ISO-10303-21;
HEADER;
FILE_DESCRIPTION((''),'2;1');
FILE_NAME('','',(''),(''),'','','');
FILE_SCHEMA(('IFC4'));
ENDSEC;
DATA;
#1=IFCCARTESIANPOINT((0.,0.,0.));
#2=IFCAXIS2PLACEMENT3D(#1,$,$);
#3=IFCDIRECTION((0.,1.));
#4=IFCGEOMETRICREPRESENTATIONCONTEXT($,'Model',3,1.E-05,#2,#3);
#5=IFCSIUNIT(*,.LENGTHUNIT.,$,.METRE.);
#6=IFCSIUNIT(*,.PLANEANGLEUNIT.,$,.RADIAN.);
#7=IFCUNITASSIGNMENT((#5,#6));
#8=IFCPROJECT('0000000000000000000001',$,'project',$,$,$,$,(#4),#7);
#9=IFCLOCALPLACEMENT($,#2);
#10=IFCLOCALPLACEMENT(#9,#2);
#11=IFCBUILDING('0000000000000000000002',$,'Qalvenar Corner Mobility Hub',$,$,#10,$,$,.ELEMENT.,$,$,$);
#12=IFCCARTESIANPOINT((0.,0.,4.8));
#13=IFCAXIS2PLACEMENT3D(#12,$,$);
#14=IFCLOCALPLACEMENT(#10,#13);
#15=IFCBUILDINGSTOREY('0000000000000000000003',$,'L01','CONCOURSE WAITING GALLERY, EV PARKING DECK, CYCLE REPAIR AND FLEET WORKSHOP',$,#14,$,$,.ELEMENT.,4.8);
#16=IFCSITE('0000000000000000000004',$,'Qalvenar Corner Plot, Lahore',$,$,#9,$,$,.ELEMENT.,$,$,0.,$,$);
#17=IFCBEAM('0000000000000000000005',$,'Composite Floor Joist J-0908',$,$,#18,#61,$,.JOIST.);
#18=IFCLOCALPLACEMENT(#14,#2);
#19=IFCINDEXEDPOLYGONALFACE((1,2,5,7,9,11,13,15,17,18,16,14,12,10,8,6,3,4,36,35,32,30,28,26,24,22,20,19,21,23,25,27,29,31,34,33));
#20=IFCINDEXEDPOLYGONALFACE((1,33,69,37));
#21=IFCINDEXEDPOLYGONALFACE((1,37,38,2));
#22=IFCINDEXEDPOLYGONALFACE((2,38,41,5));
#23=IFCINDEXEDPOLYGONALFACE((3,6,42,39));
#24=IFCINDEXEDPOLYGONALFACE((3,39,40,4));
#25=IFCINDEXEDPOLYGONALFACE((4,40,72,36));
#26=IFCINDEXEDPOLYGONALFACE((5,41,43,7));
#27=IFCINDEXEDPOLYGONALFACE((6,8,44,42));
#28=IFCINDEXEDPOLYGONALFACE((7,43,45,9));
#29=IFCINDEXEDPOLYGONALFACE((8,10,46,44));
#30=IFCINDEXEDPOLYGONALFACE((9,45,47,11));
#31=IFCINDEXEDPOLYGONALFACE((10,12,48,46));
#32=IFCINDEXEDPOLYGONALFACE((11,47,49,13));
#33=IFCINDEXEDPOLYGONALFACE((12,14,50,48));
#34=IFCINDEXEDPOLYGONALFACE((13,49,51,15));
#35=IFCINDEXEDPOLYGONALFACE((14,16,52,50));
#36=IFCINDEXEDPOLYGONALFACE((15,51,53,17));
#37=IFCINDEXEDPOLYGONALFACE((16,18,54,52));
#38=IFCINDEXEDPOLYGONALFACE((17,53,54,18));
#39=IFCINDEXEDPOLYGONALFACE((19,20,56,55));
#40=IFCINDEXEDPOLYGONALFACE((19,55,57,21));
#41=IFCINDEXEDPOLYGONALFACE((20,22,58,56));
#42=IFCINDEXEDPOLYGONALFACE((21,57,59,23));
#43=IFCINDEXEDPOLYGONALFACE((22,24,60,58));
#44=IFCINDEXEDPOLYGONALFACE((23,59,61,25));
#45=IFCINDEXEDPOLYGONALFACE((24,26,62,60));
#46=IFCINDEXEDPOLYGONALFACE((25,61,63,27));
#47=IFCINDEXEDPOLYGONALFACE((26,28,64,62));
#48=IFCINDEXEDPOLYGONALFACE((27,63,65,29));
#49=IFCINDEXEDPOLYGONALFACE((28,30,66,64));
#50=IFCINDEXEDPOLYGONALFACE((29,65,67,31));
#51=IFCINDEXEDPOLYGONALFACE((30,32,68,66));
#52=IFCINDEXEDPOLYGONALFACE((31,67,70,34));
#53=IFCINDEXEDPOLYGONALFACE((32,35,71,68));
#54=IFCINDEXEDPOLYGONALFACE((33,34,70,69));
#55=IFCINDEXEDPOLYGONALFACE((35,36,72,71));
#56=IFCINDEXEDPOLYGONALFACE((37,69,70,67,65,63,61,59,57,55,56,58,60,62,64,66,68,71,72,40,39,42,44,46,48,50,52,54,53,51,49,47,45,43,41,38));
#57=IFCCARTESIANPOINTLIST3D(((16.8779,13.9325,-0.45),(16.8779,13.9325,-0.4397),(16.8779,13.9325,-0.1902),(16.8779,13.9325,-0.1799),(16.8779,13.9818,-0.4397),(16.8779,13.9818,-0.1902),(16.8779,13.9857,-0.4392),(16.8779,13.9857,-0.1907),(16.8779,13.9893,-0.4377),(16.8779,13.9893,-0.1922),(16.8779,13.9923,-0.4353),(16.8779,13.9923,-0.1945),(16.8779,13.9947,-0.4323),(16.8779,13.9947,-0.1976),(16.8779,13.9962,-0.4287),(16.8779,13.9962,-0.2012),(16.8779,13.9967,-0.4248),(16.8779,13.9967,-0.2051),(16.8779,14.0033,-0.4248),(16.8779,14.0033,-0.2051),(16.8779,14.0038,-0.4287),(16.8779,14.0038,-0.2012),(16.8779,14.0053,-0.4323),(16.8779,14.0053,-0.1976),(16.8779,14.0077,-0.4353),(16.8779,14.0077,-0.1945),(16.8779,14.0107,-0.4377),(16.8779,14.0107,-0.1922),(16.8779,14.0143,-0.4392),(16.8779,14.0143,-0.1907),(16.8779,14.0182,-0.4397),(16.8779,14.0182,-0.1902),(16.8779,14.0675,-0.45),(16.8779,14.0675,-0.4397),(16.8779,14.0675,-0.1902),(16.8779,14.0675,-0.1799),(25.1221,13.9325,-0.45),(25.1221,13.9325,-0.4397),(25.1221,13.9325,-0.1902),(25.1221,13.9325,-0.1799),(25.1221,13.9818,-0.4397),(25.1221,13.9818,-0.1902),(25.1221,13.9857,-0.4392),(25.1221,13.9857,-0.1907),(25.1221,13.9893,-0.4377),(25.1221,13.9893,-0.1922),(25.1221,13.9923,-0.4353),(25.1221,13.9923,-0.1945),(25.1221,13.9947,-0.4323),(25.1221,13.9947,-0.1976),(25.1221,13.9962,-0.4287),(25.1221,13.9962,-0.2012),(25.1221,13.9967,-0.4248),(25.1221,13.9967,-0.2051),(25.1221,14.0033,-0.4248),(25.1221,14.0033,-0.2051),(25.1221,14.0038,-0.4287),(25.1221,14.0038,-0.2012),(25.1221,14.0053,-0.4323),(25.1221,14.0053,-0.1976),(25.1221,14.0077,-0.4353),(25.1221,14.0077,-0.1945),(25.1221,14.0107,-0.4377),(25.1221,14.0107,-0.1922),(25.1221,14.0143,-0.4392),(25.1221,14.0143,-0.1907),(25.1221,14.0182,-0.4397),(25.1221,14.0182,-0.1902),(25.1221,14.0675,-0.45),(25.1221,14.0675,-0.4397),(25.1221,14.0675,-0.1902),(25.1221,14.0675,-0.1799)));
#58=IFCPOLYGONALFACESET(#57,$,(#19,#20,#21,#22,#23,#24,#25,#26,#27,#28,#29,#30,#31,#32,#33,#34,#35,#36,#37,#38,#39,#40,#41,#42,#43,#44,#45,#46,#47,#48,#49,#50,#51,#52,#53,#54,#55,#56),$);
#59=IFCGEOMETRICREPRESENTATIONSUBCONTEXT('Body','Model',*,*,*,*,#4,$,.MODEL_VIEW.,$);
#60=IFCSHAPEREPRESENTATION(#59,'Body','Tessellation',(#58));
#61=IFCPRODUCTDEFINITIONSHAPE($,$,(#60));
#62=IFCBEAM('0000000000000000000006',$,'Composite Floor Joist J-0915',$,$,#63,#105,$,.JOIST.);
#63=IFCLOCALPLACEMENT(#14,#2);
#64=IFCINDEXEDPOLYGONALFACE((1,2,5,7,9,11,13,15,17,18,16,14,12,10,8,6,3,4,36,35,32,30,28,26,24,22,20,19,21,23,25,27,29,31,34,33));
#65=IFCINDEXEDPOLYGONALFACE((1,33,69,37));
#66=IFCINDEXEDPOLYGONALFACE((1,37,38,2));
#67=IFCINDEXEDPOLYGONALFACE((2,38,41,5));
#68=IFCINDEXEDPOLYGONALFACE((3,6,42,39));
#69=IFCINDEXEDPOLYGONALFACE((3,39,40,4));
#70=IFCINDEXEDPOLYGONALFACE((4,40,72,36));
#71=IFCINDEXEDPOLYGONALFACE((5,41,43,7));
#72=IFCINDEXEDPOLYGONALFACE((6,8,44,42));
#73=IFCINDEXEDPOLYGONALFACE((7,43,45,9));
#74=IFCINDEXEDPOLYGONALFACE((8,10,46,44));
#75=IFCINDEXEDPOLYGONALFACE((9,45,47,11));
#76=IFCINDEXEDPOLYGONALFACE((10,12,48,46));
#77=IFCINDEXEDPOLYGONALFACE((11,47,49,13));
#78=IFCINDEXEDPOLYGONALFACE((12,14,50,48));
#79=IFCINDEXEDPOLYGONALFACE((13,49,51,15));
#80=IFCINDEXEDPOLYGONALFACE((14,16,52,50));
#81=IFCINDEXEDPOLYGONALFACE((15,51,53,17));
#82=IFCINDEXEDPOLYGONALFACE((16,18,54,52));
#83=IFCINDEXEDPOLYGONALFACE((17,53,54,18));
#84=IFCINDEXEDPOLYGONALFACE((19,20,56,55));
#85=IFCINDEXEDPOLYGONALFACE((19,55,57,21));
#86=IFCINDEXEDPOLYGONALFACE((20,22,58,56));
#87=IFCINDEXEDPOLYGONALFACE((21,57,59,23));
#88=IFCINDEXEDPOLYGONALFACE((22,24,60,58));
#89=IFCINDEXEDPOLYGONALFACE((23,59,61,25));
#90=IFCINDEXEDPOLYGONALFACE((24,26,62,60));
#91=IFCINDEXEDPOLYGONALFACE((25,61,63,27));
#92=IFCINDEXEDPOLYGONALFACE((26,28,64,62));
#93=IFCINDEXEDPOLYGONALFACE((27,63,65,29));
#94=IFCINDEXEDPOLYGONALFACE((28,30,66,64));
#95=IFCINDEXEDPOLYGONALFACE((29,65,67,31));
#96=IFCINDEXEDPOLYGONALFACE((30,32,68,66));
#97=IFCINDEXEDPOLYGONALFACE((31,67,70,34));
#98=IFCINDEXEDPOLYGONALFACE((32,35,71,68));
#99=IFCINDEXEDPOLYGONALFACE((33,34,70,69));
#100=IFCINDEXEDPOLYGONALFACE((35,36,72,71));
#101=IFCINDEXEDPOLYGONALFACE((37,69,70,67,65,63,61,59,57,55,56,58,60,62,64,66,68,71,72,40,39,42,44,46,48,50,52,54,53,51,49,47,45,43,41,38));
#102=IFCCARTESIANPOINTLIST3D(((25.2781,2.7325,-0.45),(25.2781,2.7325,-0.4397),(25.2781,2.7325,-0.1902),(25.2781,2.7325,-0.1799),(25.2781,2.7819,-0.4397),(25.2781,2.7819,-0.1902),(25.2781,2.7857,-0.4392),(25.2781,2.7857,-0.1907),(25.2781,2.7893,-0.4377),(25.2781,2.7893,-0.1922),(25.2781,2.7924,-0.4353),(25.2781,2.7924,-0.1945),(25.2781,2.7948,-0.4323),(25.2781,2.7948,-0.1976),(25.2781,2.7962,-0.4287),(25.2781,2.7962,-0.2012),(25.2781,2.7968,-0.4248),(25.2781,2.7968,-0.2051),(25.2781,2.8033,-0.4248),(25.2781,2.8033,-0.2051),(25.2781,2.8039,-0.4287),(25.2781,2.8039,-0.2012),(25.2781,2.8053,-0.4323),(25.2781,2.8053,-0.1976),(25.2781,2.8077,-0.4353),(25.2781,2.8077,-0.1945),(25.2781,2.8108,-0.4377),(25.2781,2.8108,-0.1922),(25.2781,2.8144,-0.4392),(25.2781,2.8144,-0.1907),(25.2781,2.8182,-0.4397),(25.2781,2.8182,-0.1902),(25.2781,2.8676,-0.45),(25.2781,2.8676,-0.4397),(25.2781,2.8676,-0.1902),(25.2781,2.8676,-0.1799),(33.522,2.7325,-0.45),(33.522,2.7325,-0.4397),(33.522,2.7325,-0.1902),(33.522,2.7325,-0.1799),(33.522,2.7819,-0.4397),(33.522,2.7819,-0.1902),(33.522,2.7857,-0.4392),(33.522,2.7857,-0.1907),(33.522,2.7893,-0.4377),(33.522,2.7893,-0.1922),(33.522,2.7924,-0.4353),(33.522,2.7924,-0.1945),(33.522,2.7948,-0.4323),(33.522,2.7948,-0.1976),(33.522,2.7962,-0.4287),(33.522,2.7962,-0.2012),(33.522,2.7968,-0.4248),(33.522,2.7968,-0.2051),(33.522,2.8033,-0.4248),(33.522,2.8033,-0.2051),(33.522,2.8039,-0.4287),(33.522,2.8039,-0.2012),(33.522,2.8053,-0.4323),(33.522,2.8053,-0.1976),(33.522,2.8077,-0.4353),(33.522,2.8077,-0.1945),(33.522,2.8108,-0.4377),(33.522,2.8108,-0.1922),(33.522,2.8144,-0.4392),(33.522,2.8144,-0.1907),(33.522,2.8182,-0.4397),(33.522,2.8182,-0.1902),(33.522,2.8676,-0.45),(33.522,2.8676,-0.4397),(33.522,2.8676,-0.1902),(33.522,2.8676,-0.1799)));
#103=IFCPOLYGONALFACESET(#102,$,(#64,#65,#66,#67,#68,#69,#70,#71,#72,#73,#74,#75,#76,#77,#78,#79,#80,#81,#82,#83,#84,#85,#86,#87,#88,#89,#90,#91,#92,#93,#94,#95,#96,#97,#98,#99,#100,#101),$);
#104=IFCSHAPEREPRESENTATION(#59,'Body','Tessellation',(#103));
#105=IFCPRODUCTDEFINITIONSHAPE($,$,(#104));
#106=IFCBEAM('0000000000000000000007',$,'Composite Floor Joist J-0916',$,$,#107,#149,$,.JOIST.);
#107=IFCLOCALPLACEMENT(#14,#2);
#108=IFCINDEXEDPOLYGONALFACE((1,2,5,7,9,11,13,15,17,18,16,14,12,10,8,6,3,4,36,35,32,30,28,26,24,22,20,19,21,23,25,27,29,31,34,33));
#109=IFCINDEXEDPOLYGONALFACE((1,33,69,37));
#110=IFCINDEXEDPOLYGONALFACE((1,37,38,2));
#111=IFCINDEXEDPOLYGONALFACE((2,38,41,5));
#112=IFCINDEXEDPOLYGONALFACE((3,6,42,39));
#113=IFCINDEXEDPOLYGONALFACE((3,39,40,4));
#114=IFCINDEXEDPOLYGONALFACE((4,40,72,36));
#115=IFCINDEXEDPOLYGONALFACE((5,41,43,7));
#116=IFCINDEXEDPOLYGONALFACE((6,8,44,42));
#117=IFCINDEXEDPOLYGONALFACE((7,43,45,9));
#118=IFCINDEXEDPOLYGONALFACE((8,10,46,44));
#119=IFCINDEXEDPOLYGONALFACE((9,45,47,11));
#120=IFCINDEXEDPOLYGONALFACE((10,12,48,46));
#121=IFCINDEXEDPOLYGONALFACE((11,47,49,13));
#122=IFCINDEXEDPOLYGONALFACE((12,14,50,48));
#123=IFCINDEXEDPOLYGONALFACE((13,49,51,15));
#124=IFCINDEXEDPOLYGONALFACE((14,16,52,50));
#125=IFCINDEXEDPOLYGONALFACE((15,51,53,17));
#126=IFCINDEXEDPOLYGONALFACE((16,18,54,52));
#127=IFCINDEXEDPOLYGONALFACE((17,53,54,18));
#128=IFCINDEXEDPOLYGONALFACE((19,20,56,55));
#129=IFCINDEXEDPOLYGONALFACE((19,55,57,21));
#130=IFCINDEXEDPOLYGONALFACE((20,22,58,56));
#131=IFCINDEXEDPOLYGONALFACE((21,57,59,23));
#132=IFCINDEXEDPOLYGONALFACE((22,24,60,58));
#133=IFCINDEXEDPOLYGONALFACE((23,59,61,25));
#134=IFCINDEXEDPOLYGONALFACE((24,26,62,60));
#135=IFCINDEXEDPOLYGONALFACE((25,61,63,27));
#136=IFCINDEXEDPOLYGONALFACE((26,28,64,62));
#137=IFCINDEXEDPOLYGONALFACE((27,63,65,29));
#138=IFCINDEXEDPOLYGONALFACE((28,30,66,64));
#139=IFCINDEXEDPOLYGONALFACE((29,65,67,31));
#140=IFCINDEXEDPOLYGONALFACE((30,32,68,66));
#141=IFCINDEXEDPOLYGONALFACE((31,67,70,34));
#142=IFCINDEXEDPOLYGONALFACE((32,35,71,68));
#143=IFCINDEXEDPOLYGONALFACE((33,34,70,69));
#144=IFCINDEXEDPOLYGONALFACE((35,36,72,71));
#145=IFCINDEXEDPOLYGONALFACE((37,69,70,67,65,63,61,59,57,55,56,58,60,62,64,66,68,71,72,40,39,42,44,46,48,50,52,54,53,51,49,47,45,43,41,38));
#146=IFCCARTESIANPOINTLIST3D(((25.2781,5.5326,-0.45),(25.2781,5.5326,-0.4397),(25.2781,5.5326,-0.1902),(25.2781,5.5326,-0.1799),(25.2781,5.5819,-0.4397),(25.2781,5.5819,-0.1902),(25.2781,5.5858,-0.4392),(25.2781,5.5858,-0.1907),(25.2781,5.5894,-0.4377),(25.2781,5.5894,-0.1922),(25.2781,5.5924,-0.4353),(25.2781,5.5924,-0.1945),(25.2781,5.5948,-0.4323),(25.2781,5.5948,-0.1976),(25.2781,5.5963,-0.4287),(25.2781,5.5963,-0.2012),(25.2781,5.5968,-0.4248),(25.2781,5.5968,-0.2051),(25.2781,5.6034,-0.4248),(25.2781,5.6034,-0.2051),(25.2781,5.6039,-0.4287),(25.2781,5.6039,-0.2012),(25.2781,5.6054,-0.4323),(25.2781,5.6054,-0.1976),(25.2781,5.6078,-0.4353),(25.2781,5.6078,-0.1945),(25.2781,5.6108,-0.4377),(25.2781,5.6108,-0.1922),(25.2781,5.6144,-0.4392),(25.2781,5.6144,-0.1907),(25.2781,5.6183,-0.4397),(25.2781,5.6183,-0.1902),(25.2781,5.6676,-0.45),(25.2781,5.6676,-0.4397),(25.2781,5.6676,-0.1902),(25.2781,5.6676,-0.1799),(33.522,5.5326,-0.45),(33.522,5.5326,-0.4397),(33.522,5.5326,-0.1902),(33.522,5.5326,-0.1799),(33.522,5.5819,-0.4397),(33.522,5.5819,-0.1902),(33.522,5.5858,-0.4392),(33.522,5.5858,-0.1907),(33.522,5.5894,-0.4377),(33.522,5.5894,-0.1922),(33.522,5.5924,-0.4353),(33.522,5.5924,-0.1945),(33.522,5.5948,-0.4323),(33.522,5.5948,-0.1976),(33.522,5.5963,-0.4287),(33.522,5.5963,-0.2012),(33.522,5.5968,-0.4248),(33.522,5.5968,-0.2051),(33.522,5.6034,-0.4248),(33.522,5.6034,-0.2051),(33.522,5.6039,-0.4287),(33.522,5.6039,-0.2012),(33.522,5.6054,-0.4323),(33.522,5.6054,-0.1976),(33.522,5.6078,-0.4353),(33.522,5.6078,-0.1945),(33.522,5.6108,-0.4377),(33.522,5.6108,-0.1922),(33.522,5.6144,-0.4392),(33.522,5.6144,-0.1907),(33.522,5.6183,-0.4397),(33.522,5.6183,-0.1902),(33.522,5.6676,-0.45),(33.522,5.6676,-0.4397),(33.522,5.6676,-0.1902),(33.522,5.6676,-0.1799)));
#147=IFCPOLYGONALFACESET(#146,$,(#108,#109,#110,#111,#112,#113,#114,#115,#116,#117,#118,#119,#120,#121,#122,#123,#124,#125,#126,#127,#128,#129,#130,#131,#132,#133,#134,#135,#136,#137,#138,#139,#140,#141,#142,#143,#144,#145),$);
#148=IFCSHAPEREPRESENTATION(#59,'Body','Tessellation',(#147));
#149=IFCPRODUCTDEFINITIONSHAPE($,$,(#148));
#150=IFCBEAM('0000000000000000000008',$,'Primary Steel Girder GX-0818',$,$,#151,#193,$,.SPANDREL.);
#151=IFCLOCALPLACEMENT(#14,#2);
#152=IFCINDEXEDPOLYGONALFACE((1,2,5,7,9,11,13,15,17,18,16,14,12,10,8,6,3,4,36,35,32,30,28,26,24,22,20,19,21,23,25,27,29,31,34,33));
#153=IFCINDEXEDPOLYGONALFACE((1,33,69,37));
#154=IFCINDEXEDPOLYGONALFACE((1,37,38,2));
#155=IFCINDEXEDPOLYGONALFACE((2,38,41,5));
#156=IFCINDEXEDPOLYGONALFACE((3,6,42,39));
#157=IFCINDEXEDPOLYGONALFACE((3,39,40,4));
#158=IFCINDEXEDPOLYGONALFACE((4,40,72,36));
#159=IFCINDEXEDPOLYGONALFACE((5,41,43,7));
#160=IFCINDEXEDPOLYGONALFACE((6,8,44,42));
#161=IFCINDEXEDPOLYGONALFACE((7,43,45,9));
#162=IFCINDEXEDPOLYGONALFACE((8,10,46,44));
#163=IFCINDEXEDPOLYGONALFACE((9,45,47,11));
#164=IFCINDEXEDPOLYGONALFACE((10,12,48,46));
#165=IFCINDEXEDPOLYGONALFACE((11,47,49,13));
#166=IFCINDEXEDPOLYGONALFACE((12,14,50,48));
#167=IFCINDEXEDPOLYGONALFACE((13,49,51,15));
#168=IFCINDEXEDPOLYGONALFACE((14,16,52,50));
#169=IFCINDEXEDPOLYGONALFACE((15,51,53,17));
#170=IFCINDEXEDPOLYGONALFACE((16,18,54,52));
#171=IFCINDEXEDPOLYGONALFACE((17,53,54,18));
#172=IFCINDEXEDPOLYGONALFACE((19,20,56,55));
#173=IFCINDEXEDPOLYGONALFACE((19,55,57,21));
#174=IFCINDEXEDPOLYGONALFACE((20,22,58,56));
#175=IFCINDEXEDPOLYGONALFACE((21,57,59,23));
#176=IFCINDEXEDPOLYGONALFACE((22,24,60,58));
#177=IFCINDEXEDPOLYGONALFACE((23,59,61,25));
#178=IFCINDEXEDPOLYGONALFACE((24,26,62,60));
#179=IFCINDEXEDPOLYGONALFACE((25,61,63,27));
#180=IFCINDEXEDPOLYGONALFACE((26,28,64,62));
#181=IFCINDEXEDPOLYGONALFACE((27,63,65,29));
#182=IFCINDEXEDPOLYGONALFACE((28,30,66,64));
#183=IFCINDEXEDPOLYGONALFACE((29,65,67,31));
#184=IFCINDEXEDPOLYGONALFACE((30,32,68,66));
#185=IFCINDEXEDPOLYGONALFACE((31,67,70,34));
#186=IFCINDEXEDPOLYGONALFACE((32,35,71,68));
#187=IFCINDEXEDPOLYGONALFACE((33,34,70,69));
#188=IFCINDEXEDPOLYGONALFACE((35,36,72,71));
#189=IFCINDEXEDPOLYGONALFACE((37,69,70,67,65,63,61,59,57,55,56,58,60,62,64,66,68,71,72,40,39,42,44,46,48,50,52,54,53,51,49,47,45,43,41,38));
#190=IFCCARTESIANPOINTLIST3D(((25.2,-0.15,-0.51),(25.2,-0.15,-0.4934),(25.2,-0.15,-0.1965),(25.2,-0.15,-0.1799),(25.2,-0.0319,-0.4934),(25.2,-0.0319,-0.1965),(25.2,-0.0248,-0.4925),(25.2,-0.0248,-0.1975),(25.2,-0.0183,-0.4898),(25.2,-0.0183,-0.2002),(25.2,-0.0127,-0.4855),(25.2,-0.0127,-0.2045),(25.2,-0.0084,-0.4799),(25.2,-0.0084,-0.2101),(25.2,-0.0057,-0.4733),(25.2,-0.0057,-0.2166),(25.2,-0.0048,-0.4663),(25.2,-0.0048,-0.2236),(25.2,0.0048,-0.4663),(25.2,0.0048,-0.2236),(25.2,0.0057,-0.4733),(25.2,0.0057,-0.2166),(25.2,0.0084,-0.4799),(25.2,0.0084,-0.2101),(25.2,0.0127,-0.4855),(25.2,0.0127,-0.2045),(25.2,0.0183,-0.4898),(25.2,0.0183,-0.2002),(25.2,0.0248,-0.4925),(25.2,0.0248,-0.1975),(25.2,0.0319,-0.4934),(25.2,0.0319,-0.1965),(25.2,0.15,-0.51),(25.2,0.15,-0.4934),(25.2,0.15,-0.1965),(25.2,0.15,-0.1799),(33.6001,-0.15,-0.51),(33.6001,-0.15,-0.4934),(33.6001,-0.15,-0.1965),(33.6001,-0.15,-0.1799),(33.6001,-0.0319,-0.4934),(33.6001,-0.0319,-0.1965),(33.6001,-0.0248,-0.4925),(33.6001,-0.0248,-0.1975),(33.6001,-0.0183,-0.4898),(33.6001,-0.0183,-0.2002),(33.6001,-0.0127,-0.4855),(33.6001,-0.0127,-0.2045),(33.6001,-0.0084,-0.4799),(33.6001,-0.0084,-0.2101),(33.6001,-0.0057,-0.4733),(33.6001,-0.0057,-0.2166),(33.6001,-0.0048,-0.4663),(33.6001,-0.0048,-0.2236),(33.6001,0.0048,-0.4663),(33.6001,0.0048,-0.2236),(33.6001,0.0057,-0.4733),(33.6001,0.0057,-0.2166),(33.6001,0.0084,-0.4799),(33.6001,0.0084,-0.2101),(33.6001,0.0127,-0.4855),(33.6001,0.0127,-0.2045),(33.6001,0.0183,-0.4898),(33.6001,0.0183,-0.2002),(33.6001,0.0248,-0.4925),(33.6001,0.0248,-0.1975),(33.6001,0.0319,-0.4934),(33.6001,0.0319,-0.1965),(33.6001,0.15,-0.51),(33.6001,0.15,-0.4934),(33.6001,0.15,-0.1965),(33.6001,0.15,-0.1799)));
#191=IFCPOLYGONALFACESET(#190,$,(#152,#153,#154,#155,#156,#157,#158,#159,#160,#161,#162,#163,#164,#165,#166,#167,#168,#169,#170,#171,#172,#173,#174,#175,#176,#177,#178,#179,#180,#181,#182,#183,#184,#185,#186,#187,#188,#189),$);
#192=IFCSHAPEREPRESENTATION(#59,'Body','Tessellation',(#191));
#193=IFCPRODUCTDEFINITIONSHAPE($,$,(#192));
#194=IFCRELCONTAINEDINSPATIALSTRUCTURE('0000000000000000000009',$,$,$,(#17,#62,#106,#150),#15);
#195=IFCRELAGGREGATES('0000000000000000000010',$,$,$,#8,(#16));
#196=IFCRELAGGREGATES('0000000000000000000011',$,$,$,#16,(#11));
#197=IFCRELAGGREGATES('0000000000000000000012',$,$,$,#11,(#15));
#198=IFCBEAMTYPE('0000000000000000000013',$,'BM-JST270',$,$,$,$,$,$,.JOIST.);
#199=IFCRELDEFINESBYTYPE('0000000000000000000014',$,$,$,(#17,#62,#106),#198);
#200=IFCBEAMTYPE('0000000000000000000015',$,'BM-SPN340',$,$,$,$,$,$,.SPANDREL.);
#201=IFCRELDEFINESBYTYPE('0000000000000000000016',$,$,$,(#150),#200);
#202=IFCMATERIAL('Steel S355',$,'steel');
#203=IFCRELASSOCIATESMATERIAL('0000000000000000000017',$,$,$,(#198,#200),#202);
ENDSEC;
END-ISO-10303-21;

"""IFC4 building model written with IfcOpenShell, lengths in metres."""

from ifc_helpers import new_model, si_unit, direction, frame, origin, origin_2d, place, context, subcontext, project, spatial, i_section, extrude, material, material_profile, profile_set, type_object, element, save


model = new_model("IFC4")

# Units and contexts
model_context = context("Model", 3, precision=1e-05, world=origin(), true_north=direction((0.0, 1.0)))
body_context = subcontext(model_context, "Body", "Model", "MODEL_VIEW")
ifc_project = project(units=[si_unit("LENGTHUNIT", "METRE"), si_unit("PLANEANGLEUNIT", "RADIAN")], contexts=[model_context])

# Site, building, storey
site_placement = place(None, origin())
site = spatial("IfcSite", under=ifc_project, at=site_placement, Name="Qalvenar Corner Plot, Lahore", CompositionType="ELEMENT", RefElevation=0.0)
building_placement = place(site_placement, origin())
building = spatial("IfcBuilding", under=site, at=building_placement, Name="Qalvenar Corner Mobility Hub", CompositionType="ELEMENT")
storey_placement = place(building_placement, frame((0.0, 0.0, 4.8)))
storey = spatial("IfcBuildingStorey", under=building, at=storey_placement, Name="L01", Description="CONCOURSE WAITING GALLERY, EV PARKING DECK, CYCLE REPAIR AND FLEET WORKSHOP", CompositionType="ELEMENT", Elevation=4.8)

# Shared definitions
ifc_material_1 = material(Name="Steel S355", Category="steel")

# Beams
ifc_material_profile_1 = material_profile(ifc_material_1, i_section(OverallWidth=0.135, OverallDepth=0.27, WebThickness=0.0066, FlangeThickness=0.0103, FilletRadius=0.0149, at=origin_2d()), Name="IPE270")
ifc_profile_set_1 = profile_set([ifc_material_profile_1], Name="Steel S355")
beam_type_1 = type_object("IfcBeamType", Name="BM-JST270", PredefinedType="JOIST", material=ifc_profile_set_1)
for number, where, z_axis, x_axis, name in (
    (1, (16.8779, 14.0, -0.3149), (1.0, 0.0, 0.0), (0.0, 1.0, 0.0), "Composite Floor Joist J-0908"),
):
    element("IfcBeam", number, at=place(storey_placement, frame(where, z_axis=z_axis, x_axis=x_axis)), inside=storey, type_object=beam_type_1, Name=name, PredefinedType="JOIST", context=body_context, shape_type="SweptSolid", body=[
        extrude(i_section(OverallWidth=0.135, OverallDepth=0.27, WebThickness=0.0066, FlangeThickness=0.0103, FilletRadius=0.0149, at=origin_2d()), origin(), (0.0, 0.0, 1.0), 8.2441),
    ])
for number, where, z_axis, x_axis, name in (
    (2, (25.2781, 2.8, -0.3149), (1.0, 0.0, 0.0), (0.0, 1.0, 0.0), "Composite Floor Joist J-0915"),
    (3, (25.2781, 5.6001, -0.3149), (1.0, 0.0, 0.0), (0.0, 1.0, 0.0), "Composite Floor Joist J-0916"),
):
    element("IfcBeam", number, at=place(storey_placement, frame(where, z_axis=z_axis, x_axis=x_axis)), inside=storey, type_object=beam_type_1, Name=name, PredefinedType="JOIST", context=body_context, shape_type="SweptSolid", body=[
        extrude(i_section(OverallWidth=0.135, OverallDepth=0.27, WebThickness=0.0066, FlangeThickness=0.0103, FilletRadius=0.0149, at=origin_2d()), origin(), (0.0, 0.0, 1.0), 8.2439),
    ])
ifc_material_profile_2 = material_profile(ifc_material_1, i_section(OverallWidth=0.3, OverallDepth=0.3301, WebThickness=0.0095, FlangeThickness=0.0166, FilletRadius=0.0271, at=origin_2d()), Name="HEA340")
ifc_profile_set_2 = profile_set([ifc_material_profile_2], Name="Steel S355")
beam_type_2 = type_object("IfcBeamType", Name="BM-SPN340", PredefinedType="SPANDREL", material=ifc_profile_set_2)
beam_1_placement = place(storey_placement, frame((25.2, 0.0, -0.345), z_axis=(1.0, 0.0, 0.0), x_axis=(0.0, 1.0, 0.0)))
element("IfcBeam", 4, at=beam_1_placement, inside=storey, type_object=beam_type_2, Name="Primary Steel Girder GX-0818", PredefinedType="SPANDREL", context=body_context, shape_type="SweptSolid", body=[
    extrude(i_section(OverallWidth=0.3, OverallDepth=0.3301, WebThickness=0.0095, FlangeThickness=0.0166, FilletRadius=0.0271, at=origin_2d()), origin(), (0.0, 0.0, 1.0), 8.4001),
])

save(model, "model.ifc")
